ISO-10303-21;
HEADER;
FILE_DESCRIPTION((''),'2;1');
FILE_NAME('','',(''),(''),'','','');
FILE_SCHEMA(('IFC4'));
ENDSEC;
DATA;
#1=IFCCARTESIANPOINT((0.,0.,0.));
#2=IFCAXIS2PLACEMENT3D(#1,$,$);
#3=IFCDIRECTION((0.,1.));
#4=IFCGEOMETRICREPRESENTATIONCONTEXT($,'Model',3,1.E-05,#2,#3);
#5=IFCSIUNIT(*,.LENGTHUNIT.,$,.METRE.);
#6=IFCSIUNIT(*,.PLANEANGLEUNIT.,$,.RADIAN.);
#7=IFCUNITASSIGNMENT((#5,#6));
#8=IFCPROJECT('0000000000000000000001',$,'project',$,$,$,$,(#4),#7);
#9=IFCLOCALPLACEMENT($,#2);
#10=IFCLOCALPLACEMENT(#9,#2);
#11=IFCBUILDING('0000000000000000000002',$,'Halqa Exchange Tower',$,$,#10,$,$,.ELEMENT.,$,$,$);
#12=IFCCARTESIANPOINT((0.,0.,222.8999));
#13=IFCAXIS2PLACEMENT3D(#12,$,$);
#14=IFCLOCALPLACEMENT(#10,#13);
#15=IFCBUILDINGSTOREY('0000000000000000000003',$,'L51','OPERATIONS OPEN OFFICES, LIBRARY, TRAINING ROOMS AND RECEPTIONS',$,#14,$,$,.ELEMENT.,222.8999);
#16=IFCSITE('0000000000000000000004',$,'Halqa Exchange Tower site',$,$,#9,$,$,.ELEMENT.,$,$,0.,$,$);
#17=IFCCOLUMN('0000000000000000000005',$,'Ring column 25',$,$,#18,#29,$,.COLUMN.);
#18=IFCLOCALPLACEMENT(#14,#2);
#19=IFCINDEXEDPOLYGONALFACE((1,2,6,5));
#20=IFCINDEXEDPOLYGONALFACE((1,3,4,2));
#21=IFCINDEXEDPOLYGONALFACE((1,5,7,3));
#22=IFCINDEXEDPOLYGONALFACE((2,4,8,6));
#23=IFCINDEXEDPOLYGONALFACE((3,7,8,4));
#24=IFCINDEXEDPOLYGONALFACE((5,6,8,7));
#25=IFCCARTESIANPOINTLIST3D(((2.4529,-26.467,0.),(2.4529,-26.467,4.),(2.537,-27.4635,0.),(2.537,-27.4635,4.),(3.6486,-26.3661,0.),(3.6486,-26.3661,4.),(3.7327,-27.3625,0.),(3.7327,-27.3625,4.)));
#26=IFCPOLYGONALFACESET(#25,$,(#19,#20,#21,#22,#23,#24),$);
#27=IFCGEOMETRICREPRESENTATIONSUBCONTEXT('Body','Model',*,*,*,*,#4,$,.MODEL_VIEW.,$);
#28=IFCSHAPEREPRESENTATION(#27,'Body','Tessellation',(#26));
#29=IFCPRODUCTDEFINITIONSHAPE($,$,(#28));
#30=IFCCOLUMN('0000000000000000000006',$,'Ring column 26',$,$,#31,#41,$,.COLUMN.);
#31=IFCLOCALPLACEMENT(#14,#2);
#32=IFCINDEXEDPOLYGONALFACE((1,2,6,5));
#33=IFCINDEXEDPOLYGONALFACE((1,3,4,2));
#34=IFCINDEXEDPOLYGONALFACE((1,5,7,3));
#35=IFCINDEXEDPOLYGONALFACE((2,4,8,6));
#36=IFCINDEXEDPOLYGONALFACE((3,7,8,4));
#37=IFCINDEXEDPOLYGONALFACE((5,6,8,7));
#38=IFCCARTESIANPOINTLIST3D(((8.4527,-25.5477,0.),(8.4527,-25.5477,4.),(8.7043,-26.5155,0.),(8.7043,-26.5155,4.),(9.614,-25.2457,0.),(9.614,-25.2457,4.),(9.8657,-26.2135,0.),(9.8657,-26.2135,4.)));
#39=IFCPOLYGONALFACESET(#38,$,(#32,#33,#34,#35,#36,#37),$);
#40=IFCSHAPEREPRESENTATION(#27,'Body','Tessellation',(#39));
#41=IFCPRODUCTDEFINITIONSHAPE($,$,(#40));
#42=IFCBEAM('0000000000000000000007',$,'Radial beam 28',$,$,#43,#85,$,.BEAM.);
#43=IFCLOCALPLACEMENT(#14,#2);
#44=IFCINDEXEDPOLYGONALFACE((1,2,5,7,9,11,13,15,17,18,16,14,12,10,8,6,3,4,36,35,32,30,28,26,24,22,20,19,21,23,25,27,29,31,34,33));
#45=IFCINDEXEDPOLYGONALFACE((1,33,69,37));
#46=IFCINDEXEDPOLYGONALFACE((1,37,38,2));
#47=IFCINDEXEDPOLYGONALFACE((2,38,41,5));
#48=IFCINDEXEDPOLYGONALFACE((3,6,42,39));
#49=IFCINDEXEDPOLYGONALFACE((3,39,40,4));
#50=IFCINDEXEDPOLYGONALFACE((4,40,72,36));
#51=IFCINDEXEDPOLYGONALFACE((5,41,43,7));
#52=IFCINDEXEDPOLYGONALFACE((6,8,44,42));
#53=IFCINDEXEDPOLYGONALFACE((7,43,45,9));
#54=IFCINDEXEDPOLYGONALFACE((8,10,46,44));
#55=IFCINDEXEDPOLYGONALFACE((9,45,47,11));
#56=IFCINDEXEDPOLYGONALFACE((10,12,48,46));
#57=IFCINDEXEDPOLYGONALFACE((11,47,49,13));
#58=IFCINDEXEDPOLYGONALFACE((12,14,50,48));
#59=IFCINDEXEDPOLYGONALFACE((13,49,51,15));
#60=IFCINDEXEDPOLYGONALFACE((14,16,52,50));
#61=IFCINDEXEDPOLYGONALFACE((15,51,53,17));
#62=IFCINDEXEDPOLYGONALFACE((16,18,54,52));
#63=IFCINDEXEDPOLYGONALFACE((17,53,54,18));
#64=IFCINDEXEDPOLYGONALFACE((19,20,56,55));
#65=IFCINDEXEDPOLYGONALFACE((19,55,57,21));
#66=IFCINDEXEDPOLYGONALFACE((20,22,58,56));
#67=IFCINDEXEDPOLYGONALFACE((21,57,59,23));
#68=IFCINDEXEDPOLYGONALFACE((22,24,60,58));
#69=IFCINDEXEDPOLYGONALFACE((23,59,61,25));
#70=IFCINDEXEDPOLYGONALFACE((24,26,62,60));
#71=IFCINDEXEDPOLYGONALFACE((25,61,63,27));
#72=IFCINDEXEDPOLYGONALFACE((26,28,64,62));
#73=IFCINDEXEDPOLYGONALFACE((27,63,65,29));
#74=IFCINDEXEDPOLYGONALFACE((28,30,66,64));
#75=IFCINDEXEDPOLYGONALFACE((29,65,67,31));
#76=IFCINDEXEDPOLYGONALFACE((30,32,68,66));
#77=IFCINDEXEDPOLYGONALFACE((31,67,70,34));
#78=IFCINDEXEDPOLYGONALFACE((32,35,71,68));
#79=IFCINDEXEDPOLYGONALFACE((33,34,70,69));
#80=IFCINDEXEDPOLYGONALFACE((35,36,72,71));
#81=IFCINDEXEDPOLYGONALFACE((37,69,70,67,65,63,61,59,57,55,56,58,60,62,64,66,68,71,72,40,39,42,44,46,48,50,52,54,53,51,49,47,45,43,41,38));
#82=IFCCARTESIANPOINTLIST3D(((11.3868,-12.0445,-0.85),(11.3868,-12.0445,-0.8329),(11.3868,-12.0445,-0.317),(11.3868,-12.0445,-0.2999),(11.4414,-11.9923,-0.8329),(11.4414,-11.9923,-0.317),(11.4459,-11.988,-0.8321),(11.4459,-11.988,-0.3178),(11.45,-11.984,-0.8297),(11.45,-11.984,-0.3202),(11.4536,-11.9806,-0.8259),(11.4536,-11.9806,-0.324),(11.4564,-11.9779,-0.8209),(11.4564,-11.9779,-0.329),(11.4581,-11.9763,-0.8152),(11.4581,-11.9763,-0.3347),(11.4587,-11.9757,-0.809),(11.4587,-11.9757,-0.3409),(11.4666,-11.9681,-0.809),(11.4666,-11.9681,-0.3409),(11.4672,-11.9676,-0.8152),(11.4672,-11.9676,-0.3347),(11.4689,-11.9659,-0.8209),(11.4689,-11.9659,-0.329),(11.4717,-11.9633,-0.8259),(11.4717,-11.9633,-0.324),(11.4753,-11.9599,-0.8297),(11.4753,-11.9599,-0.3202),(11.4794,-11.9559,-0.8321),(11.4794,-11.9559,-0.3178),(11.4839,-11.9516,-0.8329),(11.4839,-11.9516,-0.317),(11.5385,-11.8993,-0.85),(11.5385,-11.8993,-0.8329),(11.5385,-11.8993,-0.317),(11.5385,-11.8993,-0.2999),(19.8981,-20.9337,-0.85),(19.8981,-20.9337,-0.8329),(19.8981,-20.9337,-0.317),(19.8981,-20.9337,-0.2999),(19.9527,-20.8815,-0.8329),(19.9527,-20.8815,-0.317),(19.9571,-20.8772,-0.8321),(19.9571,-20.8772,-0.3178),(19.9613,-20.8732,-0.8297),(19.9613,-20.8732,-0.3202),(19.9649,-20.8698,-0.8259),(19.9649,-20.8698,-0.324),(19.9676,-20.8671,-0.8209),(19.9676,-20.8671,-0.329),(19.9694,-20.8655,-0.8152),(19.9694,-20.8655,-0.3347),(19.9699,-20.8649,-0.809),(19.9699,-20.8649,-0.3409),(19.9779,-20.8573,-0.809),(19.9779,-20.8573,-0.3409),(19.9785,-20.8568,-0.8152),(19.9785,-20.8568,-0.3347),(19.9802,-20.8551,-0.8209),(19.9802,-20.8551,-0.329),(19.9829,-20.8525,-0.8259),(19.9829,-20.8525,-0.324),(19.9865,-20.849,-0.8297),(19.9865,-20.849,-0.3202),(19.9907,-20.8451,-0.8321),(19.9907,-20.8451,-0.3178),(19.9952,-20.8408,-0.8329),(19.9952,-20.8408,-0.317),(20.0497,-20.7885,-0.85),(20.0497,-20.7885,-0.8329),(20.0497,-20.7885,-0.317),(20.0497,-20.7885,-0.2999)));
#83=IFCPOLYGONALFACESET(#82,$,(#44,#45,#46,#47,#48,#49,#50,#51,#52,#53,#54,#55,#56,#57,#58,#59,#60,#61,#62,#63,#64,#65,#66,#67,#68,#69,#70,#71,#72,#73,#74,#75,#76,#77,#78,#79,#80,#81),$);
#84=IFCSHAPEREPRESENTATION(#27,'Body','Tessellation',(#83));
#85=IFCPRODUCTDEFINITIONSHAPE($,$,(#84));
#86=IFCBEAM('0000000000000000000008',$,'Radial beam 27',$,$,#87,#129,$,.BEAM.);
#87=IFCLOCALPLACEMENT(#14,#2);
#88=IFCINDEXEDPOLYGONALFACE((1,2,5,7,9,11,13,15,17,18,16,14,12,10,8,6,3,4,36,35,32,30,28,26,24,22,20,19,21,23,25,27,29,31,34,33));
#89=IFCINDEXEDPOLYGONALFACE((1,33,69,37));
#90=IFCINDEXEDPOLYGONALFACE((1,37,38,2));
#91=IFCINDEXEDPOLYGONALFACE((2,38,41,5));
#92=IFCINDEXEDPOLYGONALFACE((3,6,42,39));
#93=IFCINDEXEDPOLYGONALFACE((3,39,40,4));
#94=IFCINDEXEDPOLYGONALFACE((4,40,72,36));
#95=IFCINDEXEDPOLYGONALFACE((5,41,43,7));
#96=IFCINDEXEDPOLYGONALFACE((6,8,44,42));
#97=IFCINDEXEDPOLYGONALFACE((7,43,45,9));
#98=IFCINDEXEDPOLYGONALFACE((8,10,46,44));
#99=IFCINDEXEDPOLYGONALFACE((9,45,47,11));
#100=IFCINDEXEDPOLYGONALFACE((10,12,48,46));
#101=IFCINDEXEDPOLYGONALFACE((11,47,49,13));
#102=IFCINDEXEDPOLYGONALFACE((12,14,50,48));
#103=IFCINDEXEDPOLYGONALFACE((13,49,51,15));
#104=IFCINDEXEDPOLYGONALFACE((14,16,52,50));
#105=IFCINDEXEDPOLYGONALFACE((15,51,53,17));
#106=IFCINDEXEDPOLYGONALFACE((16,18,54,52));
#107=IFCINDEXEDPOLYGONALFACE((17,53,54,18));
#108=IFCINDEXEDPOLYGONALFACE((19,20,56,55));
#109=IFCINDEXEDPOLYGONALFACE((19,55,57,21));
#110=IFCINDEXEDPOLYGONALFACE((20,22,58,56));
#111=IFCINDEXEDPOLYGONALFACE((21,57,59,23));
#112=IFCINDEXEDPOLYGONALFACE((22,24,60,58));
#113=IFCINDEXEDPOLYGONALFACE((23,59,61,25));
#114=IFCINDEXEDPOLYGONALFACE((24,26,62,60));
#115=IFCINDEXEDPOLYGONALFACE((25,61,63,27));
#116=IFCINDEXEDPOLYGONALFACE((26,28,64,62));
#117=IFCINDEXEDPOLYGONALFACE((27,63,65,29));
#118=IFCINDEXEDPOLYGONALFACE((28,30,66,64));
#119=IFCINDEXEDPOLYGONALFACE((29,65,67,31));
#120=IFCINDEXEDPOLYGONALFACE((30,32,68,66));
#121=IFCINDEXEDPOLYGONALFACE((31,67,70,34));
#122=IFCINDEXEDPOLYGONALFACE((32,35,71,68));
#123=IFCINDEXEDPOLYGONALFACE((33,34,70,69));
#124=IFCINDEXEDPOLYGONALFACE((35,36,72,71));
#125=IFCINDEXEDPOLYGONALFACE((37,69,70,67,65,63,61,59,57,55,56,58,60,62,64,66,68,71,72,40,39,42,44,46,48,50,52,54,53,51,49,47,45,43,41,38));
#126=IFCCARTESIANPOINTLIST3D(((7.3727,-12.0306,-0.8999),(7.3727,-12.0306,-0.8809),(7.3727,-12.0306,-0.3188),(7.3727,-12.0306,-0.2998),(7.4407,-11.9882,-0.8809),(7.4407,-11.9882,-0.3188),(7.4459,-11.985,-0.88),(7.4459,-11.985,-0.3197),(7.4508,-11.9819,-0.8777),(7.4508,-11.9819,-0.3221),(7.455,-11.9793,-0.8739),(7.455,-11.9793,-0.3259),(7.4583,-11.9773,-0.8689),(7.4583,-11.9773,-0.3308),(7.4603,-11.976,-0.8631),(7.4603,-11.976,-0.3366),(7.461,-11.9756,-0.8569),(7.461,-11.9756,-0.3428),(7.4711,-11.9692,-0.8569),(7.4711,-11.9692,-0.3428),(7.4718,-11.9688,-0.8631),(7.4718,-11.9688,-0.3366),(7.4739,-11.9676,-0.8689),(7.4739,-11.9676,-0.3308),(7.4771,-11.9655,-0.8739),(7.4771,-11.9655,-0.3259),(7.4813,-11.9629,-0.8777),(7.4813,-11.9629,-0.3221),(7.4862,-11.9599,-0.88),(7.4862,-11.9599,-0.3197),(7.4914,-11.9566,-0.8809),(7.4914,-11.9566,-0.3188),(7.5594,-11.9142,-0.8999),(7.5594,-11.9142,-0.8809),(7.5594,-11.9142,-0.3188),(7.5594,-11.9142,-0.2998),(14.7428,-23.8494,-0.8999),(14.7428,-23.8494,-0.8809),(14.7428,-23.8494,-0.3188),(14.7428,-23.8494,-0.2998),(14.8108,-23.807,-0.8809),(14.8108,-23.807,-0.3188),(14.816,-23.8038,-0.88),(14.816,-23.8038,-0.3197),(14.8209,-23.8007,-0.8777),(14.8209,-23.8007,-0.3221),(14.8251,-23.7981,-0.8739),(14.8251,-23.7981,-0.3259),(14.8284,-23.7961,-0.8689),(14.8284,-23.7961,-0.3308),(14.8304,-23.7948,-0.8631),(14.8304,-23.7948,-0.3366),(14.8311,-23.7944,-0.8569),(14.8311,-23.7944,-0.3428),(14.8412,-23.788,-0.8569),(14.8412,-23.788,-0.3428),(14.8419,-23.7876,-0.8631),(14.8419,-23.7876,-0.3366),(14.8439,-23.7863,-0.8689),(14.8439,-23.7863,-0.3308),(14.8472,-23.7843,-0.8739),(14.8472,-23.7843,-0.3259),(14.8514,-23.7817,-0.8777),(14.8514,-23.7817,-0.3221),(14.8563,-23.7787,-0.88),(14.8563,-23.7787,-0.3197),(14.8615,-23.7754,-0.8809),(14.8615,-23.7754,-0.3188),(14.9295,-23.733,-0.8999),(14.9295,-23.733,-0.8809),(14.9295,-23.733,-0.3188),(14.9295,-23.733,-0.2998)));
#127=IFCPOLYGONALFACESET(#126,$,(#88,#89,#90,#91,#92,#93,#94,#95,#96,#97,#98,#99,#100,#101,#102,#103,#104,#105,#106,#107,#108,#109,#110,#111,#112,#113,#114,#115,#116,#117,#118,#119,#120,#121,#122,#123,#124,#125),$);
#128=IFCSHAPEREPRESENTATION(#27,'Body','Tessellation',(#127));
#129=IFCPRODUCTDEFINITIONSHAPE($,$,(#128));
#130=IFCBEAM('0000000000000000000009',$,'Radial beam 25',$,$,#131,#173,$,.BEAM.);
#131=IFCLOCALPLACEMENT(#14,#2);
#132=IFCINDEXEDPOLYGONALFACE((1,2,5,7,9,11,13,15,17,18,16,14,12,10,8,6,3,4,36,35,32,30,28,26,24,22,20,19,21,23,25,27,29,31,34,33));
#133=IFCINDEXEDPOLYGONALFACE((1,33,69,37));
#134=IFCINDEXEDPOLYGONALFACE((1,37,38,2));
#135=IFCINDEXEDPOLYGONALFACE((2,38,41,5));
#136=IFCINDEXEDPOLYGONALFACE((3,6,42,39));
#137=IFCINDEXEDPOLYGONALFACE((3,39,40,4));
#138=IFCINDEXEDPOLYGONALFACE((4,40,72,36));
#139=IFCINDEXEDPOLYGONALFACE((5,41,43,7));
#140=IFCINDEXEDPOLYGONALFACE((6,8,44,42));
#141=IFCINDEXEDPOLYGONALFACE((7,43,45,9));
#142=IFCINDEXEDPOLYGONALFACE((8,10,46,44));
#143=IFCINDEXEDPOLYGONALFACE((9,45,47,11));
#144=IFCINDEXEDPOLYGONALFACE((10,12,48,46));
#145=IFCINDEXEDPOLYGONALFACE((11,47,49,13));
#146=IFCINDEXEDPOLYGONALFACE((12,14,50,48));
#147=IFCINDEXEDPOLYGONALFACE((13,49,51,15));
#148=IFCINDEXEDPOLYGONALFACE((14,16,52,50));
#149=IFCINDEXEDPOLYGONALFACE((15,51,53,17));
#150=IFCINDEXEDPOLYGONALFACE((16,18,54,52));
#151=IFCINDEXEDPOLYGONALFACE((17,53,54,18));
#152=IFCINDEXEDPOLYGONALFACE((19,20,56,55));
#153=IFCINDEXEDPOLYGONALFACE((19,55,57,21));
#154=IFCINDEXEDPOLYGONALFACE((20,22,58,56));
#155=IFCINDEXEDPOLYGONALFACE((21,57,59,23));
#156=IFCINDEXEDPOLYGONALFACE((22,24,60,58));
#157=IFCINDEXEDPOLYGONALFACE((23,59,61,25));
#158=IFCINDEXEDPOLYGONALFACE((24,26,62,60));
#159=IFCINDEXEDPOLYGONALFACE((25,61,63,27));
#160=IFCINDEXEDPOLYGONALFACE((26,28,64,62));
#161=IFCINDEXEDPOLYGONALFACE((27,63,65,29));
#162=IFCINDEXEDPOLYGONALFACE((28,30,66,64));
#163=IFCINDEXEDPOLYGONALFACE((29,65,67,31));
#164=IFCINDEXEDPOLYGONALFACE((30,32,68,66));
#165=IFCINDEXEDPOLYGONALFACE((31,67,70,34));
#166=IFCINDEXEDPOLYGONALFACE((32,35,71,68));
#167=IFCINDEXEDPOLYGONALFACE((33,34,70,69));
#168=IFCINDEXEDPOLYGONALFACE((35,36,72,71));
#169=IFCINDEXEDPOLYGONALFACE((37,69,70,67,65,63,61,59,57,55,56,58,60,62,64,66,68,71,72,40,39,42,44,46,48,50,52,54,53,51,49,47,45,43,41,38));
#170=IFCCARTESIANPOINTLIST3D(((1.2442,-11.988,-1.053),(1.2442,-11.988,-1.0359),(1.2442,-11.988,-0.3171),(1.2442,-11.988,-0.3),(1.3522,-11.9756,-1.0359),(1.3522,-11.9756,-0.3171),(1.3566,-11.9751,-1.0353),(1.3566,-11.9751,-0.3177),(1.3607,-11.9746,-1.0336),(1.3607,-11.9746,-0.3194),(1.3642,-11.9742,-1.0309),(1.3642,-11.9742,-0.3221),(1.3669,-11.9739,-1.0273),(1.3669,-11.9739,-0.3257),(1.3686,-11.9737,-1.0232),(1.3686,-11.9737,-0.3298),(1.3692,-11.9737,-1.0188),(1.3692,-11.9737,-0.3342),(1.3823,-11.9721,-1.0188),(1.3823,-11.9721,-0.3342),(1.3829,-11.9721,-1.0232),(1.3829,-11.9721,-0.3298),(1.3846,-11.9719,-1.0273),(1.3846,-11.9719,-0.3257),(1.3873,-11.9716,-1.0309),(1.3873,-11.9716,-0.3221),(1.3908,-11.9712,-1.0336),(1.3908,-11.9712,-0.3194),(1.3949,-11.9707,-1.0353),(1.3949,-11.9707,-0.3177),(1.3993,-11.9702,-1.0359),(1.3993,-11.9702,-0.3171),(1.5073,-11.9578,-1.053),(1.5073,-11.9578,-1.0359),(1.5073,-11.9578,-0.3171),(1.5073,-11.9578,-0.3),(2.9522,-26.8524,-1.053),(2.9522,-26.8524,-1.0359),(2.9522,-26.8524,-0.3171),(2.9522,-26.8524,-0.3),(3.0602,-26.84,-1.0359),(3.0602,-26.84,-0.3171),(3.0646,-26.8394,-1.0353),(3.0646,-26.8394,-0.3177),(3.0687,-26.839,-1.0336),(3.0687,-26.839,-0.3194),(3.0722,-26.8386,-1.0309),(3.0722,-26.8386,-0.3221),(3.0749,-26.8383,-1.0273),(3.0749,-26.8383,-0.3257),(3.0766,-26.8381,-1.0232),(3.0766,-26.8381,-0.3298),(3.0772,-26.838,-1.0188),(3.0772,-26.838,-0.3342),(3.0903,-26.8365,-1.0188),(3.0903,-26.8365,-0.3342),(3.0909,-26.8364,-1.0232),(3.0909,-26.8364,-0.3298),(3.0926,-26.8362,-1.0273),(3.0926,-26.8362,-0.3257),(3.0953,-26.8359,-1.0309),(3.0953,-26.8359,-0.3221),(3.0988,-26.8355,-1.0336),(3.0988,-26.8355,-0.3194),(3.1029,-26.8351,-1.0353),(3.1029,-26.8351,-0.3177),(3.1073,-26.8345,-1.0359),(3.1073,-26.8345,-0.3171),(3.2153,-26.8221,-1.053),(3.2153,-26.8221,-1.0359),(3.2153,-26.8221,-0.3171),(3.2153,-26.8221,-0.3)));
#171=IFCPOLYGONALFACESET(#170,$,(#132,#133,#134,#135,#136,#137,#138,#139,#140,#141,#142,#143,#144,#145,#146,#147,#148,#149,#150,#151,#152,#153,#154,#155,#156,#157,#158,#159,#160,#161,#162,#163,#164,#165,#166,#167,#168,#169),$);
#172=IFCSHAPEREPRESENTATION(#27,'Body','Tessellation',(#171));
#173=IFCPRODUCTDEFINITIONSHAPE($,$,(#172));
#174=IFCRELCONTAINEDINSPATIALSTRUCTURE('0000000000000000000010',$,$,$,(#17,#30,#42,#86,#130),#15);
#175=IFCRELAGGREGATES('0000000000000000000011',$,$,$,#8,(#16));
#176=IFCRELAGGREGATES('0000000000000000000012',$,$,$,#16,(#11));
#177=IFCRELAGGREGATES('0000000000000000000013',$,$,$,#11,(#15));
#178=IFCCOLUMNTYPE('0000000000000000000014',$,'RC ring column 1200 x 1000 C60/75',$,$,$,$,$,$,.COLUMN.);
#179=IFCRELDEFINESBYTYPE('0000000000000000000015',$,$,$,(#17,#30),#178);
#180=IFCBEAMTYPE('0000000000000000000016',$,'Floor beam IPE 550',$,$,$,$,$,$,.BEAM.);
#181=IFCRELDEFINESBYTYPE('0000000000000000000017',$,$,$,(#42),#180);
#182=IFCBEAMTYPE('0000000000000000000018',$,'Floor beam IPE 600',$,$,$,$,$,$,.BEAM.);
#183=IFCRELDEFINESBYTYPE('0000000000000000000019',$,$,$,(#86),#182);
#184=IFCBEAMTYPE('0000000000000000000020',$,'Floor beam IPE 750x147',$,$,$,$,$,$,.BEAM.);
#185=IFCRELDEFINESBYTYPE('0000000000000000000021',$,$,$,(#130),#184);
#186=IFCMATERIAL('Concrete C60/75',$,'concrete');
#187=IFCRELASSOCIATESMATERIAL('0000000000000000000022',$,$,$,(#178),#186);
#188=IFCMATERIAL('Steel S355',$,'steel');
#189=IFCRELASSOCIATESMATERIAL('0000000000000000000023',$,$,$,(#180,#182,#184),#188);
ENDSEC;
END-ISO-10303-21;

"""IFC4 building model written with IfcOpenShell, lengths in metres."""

from ifc_helpers import new_model, si_unit, direction, frame, origin, origin_2d, place, context, subcontext, project, spatial, rectangle, i_section, extrude, material, material_profile, profile_set, type_object, element, save


model = new_model("IFC4")

# Units and contexts
model_context = context("Model", 3, precision=1e-05, world=origin(), true_north=direction((0.0, 1.0)))
body_context = subcontext(model_context, "Body", "Model", "MODEL_VIEW")
ifc_project = project(units=[si_unit("LENGTHUNIT", "METRE"), si_unit("PLANEANGLEUNIT", "RADIAN")], contexts=[model_context])

# Site, building, storey
site_placement = place(None, origin())
site = spatial("IfcSite", under=ifc_project, at=site_placement, Name="Halqa Exchange Tower site", CompositionType="ELEMENT", RefElevation=0.0)
building_placement = place(site_placement, origin())
building = spatial("IfcBuilding", under=site, at=building_placement, Name="Halqa Exchange Tower", CompositionType="ELEMENT")
storey_placement = place(building_placement, frame((0.0, 0.0, 222.8999)))
storey = spatial("IfcBuildingStorey", under=building, at=storey_placement, Name="L51", Description="OPERATIONS OPEN OFFICES, LIBRARY, TRAINING ROOMS AND RECEPTIONS", CompositionType="ELEMENT", Elevation=222.8999)

# Columns
ifc_material_1 = material(Name="Concrete C60/75", Category="concrete")
ifc_material_profile_1 = material_profile(ifc_material_1, rectangle(XDim=1.2, YDim=1.0, at=origin_2d()), Name="1200 x 1000")
ifc_profile_set_1 = profile_set([ifc_material_profile_1], Name="Concrete C60/75")
column_type = type_object("IfcColumnType", Name="RC ring column 1200 x 1000 C60/75", PredefinedType="COLUMN", material=ifc_profile_set_1)
for number, where, z_axis, x_axis, name in (
    (1, (3.0928, -26.9148, 0.0), (0.0, 0.0, 1.0), (0.996455, 0.084128, 0.0), "Ring column 25"),
    (2, (9.1592, -25.8806, 0.0), (0.0, 0.0, 1.0), (0.967818, 0.25165, 0.0), "Ring column 26"),
):
    element("IfcColumn", number, at=place(storey_placement, frame(where, z_axis=z_axis, x_axis=x_axis)), inside=storey, type_object=column_type, Name=name, PredefinedType="COLUMN", context=body_context, shape_type="SweptSolid", body=[
        extrude(rectangle(XDim=1.2, YDim=1.0, at=origin_2d()), origin(), (0.0, 0.0, 1.0), 4.0),
    ])

# Beams
ifc_material_2 = material(Name="Steel S355", Category="steel")
ifc_material_profile_2 = material_profile(ifc_material_2, i_section(OverallWidth=0.21, OverallDepth=0.55, WebThickness=0.011, FlangeThickness=0.0171, FilletRadius=0.0239, at=origin_2d()), Name="IPE 550")
ifc_profile_set_2 = profile_set([ifc_material_profile_2], Name="Steel S355")
beam_type_1 = type_object("IfcBeamType", Name="Floor beam IPE 550", PredefinedType="BEAM", material=ifc_profile_set_2)
beam_1_placement = place(storey_placement, frame((11.4626, -11.9719, -0.575), z_axis=(0.691586, -0.722295, 0.0), x_axis=(0.722295, 0.691586, 0.0)))
element("IfcBeam", 3, at=beam_1_placement, inside=storey, type_object=beam_type_1, Name="Radial beam 28", PredefinedType="BEAM", context=body_context, shape_type="SweptSolid", body=[
    extrude(i_section(OverallWidth=0.21, OverallDepth=0.55, WebThickness=0.011, FlangeThickness=0.0171, FilletRadius=0.0239, at=origin_2d()), origin(), (0.0, 0.0, 1.0), 12.3069),
])
ifc_material_profile_3 = material_profile(ifc_material_2, i_section(OverallWidth=0.22, OverallDepth=0.6001, WebThickness=0.012, FlangeThickness=0.019, FilletRadius=0.0239, at=origin_2d()), Name="IPE 600")
ifc_profile_set_3 = profile_set([ifc_material_profile_3], Name="Steel S355")
beam_type_2 = type_object("IfcBeamType", Name="Floor beam IPE 600", PredefinedType="BEAM", material=ifc_profile_set_3)
beam_2_placement = place(storey_placement, frame((7.4661, -11.9724, -0.5999), z_axis=(0.529138, -0.848536, 0.0), x_axis=(0.848536, 0.529138, 0.0)))
element("IfcBeam", 4, at=beam_2_placement, inside=storey, type_object=beam_type_2, Name="Radial beam 27", PredefinedType="BEAM", context=body_context, shape_type="SweptSolid", body=[
    extrude(i_section(OverallWidth=0.22, OverallDepth=0.6001, WebThickness=0.012, FlangeThickness=0.019, FilletRadius=0.0239, at=origin_2d()), origin(), (0.0, 0.0, 1.0), 13.9285),
])
ifc_material_profile_4 = material_profile(ifc_material_2, i_section(OverallWidth=0.2649, OverallDepth=0.7529, WebThickness=0.0132, FlangeThickness=0.0171, FilletRadius=0.0171, at=origin_2d()), Name="IPE 750x147")
ifc_profile_set_4 = profile_set([ifc_material_profile_4], Name="Steel S355")
beam_type_3 = type_object("IfcBeamType", Name="Floor beam IPE 750x147", PredefinedType="BEAM", material=ifc_profile_set_4)
beam_3_placement = place(storey_placement, frame((1.3757, -11.9729, -0.6765), z_axis=(0.114156, -0.993463, 0.0), x_axis=(0.993463, 0.114156, 0.0)))
element("IfcBeam", 5, at=beam_3_placement, inside=storey, type_object=beam_type_3, Name="Radial beam 25", PredefinedType="BEAM", context=body_context, shape_type="SweptSolid", body=[
    extrude(i_section(OverallWidth=0.2649, OverallDepth=0.7529, WebThickness=0.0132, FlangeThickness=0.0171, FilletRadius=0.0171, at=origin_2d()), origin(), (0.0, 0.0, 1.0), 14.9622),
])

save(model, "model.ifc")
